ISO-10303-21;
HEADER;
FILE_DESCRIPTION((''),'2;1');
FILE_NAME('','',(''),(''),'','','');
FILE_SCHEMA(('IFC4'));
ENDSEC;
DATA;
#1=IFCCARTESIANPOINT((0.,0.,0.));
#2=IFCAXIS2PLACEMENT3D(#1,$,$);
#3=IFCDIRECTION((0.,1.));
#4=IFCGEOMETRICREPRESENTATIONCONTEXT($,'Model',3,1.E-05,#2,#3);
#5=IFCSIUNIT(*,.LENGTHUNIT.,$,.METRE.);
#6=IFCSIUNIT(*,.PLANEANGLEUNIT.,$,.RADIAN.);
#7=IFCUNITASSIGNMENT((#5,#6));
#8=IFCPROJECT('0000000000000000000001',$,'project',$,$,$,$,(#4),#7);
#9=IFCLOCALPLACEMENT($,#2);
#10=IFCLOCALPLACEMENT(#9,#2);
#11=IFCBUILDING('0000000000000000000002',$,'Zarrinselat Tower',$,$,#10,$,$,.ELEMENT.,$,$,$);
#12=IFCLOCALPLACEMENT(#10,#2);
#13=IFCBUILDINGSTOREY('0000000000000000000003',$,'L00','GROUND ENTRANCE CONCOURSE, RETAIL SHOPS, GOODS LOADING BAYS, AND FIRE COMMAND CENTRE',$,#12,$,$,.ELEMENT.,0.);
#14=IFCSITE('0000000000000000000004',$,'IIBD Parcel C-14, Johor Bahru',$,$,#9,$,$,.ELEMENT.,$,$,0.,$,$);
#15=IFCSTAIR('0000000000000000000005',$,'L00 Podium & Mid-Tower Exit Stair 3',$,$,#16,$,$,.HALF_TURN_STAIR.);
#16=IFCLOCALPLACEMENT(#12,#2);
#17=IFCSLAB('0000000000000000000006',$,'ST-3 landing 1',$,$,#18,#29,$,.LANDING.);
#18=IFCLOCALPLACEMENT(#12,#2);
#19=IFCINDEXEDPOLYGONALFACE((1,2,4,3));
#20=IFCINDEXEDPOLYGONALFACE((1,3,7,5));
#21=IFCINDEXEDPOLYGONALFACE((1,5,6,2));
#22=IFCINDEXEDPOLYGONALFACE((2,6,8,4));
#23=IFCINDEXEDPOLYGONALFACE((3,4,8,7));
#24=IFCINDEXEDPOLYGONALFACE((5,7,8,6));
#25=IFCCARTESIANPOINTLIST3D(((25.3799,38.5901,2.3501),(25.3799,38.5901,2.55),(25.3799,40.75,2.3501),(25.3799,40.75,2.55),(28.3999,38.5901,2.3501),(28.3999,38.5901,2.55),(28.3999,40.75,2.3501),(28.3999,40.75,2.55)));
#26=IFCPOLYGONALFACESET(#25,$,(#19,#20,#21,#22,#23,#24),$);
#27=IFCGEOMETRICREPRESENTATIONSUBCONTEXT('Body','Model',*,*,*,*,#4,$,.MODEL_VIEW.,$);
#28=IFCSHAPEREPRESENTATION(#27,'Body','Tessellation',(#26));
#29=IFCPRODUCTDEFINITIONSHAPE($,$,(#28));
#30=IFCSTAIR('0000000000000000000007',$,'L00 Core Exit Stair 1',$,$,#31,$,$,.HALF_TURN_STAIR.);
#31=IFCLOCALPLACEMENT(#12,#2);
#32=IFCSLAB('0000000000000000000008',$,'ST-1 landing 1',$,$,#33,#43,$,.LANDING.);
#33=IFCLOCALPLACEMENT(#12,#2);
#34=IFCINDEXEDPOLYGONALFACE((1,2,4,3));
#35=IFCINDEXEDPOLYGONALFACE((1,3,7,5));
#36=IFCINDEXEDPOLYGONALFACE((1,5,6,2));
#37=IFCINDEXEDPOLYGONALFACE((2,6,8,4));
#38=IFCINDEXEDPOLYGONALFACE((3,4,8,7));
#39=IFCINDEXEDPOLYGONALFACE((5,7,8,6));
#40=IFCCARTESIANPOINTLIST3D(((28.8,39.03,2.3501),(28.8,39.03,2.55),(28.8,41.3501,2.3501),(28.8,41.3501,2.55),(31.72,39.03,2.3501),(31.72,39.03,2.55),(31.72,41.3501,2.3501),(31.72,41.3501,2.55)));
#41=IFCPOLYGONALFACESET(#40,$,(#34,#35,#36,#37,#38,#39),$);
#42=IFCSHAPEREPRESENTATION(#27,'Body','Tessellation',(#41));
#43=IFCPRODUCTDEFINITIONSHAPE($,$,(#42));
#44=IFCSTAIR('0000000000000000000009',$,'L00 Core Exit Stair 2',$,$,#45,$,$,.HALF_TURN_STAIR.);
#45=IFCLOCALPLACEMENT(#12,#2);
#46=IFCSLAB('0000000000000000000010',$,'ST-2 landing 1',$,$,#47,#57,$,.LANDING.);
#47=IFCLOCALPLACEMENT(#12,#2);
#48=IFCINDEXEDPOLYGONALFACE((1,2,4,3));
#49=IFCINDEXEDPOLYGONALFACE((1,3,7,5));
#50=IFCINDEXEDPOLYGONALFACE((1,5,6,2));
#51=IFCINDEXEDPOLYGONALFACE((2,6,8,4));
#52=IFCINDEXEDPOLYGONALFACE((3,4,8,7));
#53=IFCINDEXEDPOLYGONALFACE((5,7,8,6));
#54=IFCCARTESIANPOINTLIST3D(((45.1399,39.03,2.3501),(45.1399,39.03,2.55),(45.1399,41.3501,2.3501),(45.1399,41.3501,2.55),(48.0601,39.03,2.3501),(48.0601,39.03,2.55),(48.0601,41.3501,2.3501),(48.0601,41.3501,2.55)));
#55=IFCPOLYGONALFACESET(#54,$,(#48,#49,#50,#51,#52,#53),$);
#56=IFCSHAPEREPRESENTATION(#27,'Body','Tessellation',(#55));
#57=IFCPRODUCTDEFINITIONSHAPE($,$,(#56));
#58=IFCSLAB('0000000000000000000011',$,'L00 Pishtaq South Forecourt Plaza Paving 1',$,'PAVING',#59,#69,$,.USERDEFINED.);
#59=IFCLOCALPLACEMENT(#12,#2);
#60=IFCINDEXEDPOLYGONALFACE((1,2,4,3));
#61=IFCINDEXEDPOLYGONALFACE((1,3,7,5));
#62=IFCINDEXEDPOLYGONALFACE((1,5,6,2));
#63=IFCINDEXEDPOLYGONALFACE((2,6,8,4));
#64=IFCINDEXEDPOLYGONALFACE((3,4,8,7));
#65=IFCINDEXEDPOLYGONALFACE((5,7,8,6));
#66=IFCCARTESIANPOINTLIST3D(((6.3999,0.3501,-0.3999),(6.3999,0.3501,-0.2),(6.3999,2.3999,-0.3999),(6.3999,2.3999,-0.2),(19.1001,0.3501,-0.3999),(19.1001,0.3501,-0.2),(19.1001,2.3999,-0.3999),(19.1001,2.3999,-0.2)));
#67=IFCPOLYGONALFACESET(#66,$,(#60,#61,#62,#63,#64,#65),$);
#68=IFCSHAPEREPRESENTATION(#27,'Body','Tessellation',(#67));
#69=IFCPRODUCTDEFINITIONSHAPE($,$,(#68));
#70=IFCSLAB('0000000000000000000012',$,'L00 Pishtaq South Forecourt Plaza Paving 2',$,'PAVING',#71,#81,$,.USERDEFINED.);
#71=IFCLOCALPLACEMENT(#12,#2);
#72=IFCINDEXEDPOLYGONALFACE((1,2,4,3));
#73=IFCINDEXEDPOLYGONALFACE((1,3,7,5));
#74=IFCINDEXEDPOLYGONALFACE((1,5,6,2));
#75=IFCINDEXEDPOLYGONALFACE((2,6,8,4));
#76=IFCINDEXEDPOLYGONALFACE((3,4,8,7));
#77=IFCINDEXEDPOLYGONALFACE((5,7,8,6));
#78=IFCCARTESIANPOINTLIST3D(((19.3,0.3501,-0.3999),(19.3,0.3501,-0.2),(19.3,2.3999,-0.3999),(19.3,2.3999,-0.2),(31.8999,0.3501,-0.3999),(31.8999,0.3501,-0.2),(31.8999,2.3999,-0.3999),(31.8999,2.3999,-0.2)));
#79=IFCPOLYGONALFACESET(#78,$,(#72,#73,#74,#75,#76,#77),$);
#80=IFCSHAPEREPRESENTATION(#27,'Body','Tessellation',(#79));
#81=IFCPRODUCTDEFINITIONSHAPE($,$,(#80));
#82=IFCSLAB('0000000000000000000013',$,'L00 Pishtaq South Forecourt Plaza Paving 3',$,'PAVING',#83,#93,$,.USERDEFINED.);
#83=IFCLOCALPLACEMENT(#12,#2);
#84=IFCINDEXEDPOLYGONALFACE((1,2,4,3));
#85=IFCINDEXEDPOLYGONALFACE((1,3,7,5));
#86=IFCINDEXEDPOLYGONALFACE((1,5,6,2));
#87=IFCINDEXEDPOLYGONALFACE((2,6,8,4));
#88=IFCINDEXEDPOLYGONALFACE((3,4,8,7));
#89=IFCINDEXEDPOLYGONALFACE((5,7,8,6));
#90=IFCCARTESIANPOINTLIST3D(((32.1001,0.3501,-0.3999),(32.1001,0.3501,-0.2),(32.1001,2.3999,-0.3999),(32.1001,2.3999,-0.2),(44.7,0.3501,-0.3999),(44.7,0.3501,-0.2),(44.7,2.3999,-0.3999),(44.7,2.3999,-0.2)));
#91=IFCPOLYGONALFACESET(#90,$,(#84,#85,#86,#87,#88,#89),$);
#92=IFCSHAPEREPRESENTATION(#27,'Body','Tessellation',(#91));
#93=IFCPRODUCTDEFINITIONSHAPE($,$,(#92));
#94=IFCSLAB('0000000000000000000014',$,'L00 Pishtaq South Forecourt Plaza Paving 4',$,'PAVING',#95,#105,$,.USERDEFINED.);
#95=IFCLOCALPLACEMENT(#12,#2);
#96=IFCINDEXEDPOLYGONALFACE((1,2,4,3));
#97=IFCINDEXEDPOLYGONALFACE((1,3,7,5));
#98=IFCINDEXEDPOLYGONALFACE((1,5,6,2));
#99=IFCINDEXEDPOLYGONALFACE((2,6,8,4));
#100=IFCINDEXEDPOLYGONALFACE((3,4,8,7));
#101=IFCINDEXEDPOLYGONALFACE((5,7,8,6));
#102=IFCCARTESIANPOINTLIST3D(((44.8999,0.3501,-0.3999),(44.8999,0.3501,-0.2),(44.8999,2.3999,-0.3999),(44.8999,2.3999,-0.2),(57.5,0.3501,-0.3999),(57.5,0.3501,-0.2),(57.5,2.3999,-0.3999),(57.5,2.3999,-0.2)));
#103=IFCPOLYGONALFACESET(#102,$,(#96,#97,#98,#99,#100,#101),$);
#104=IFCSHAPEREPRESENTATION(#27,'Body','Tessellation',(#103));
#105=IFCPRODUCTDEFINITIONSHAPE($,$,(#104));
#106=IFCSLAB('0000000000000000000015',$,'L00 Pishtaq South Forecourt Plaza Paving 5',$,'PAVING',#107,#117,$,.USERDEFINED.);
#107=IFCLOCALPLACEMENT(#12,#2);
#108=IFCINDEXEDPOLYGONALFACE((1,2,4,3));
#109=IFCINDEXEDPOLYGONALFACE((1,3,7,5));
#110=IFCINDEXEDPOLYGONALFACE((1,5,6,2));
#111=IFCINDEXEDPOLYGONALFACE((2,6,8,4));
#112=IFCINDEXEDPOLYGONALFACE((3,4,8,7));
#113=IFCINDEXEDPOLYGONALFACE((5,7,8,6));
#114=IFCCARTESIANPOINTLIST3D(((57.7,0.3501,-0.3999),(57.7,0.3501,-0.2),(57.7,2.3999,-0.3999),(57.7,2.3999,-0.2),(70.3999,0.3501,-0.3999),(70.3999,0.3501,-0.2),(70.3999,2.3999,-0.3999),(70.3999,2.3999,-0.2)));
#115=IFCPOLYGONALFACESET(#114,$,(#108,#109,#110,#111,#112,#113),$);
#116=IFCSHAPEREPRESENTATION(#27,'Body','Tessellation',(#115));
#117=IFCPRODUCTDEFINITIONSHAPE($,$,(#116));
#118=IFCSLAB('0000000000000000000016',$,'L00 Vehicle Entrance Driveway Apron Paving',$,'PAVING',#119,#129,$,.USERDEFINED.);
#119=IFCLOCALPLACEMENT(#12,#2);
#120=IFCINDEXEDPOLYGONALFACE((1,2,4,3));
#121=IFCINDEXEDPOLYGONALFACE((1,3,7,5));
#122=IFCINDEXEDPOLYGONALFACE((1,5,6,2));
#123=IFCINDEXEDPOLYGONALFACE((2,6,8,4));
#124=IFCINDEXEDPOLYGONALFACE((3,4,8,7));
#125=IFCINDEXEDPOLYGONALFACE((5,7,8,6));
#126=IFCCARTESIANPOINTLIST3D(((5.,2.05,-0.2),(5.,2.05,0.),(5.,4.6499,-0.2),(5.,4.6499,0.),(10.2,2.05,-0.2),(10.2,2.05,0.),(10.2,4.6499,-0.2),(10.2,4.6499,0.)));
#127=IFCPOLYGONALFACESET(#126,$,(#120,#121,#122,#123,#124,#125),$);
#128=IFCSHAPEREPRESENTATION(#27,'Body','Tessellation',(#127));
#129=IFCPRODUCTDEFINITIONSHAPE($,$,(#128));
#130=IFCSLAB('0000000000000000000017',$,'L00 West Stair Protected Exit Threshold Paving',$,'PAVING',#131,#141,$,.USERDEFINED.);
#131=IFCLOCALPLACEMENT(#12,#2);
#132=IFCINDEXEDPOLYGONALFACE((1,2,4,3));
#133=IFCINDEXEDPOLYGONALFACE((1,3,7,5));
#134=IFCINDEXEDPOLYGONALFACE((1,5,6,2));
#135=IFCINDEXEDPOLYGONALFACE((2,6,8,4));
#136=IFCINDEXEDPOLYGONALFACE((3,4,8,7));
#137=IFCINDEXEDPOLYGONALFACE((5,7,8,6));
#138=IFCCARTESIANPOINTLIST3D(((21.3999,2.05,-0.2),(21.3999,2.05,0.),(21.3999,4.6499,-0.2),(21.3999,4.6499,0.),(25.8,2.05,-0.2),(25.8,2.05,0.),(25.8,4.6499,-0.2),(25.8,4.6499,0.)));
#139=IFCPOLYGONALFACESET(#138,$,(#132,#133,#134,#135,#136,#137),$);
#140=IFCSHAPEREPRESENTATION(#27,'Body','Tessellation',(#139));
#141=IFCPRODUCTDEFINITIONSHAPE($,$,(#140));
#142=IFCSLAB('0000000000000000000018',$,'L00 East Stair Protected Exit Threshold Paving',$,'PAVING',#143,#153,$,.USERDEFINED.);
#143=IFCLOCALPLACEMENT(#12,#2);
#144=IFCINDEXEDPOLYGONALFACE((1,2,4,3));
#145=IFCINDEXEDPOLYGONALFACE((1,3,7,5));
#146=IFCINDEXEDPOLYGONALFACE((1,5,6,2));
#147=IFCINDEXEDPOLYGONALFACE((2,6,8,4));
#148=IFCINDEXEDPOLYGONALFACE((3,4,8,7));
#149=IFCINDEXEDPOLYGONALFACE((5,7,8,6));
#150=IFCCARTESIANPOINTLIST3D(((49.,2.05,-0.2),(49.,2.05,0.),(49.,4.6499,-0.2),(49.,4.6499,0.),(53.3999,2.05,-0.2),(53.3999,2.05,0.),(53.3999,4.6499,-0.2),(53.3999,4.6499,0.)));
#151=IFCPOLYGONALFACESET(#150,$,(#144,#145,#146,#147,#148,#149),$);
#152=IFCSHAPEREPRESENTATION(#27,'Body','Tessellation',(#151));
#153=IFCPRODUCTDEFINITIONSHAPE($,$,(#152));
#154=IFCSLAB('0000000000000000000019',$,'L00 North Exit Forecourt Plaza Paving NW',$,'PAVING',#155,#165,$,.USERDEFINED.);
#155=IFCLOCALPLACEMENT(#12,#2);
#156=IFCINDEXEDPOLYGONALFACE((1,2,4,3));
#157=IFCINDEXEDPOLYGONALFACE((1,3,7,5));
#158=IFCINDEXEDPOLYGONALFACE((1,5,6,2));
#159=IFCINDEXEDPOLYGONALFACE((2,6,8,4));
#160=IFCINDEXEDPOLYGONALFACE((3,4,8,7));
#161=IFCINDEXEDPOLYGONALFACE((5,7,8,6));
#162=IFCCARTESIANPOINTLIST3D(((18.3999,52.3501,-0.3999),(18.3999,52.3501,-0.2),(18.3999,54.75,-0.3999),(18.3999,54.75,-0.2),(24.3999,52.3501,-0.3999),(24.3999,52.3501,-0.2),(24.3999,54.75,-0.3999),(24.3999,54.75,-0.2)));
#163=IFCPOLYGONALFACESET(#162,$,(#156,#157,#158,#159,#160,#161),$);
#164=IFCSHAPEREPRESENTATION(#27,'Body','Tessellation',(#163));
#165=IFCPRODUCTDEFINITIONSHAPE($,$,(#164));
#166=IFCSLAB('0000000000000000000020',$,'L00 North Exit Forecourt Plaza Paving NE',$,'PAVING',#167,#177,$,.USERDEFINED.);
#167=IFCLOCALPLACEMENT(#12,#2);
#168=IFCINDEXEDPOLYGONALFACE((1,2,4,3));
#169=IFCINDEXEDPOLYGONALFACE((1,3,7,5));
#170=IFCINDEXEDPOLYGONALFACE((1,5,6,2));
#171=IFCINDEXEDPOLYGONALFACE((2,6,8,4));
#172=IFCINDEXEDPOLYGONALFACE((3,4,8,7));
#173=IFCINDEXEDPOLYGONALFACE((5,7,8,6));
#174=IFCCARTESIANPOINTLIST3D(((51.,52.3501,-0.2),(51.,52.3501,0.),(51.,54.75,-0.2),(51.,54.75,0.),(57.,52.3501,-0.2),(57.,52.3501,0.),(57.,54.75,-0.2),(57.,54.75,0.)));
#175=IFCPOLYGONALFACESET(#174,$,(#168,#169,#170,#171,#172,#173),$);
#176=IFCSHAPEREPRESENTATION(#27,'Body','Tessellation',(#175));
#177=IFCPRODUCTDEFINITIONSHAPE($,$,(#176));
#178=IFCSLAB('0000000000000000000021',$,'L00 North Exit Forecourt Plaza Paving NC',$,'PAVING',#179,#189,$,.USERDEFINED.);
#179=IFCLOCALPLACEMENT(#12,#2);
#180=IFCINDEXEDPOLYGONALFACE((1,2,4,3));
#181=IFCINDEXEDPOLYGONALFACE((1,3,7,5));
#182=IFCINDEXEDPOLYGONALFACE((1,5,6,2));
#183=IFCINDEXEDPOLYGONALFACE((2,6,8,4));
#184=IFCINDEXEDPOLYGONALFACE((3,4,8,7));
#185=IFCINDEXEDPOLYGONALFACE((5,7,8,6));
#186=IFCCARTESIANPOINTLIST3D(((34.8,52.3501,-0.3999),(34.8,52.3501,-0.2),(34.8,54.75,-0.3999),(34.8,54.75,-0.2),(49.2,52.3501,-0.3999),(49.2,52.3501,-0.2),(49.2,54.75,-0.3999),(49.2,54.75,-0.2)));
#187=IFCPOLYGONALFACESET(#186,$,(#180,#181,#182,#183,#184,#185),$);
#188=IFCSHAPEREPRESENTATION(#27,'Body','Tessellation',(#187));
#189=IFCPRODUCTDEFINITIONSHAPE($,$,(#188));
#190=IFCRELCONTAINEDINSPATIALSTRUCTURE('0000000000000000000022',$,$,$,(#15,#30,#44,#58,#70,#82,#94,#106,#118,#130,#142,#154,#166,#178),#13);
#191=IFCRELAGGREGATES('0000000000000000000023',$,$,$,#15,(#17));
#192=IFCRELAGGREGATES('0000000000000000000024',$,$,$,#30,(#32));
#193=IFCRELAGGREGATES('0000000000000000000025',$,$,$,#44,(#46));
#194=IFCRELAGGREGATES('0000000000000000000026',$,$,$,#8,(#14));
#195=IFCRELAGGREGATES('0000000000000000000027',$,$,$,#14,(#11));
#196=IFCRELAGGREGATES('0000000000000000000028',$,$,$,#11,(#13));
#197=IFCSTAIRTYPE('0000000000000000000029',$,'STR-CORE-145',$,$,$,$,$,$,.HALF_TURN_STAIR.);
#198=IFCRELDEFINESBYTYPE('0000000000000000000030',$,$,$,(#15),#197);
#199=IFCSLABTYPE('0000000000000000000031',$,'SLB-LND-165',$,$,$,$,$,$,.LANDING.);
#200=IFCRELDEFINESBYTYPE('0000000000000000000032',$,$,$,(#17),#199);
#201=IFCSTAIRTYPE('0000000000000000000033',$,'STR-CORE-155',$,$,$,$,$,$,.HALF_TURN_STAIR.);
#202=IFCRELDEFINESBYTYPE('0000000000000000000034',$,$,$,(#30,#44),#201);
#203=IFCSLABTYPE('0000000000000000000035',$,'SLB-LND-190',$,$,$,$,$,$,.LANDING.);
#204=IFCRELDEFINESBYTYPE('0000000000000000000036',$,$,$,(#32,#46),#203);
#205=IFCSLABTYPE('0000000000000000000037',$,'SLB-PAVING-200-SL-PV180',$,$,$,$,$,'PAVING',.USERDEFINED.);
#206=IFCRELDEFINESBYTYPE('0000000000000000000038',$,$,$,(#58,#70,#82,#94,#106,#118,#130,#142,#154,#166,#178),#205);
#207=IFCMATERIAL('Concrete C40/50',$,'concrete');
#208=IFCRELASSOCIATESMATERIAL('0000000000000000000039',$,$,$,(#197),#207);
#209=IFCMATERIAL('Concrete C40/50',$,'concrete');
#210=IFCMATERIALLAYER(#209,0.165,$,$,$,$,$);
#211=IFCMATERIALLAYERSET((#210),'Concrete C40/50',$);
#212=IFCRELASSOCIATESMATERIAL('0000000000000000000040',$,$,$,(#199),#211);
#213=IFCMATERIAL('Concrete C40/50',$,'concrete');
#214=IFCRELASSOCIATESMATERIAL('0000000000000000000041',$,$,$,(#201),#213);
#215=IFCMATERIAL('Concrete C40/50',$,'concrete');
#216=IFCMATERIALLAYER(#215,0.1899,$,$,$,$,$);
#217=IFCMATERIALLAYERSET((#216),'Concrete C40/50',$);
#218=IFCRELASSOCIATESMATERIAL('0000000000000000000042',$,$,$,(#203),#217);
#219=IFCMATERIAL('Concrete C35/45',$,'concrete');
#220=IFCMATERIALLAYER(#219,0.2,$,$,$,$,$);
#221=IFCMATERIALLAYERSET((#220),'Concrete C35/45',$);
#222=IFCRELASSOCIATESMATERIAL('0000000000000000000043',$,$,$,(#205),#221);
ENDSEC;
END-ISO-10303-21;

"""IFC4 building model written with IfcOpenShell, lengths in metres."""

from ifc_helpers import new_model, si_unit, direction, frame, origin, place, context, subcontext, project, spatial, polyline, outline, extrude, material, layer, layer_set, type_object, element, aggregate, save


model = new_model("IFC4")

# Units and contexts
model_context = context("Model", 3, precision=1e-05, world=origin(), true_north=direction((0.0, 1.0)))
body_context = subcontext(model_context, "Body", "Model", "MODEL_VIEW")
ifc_project = project(units=[si_unit("LENGTHUNIT", "METRE"), si_unit("PLANEANGLEUNIT", "RADIAN")], contexts=[model_context])

# Site, building, storey
site_placement = place(None, origin())
site = spatial("IfcSite", under=ifc_project, at=site_placement, Name="IIBD Parcel C-14, Johor Bahru", CompositionType="ELEMENT", RefElevation=0.0)
building_placement = place(site_placement, origin())
building = spatial("IfcBuilding", under=site, at=building_placement, Name="Zarrinselat Tower", CompositionType="ELEMENT")
storey_placement = place(building_placement, origin())
storey = spatial("IfcBuildingStorey", under=building, at=storey_placement, Name="L00", Description="GROUND ENTRANCE CONCOURSE, RETAIL SHOPS, GOODS LOADING BAYS, AND FIRE COMMAND CENTRE", CompositionType="ELEMENT", Elevation=0.0)

# Stairs, slabs
ifc_material_1 = material(Name="Concrete C40/50", Category="concrete")
stair_type_1 = type_object("IfcStairType", Name="STR-CORE-145", PredefinedType="HALF_TURN_STAIR", material=ifc_material_1)
stair_1_placement = place(storey_placement, origin())
stair_1 = element("IfcStair", 1, at=stair_1_placement, inside=storey, type_object=stair_type_1, Name="L00 Podium & Mid-Tower Exit Stair 3", PredefinedType="HALF_TURN_STAIR")
ifc_material_2 = material(Name="Concrete C40/50", Category="concrete")
ifc_layer_1 = layer(ifc_material_2, 0.165)
ifc_layer_set_1 = layer_set([ifc_layer_1], Name="Concrete C40/50")
slab_type_1 = type_object("IfcSlabType", Name="SLB-LND-165", PredefinedType="LANDING", material=ifc_layer_set_1)
slab_1_placement = place(storey_placement, frame((0.0, 0.0, 2.3501)))
slab_1 = element("IfcSlab", 2, at=slab_1_placement, type_object=slab_type_1, Name="ST-3 landing 1", PredefinedType="LANDING", context=body_context, shape_type="SweptSolid", body=[
    extrude(outline(polyline([(28.3999, 38.5901), (28.3999, 40.75), (25.3799, 40.75), (25.3799, 38.5901), (28.3999, 38.5901)])), origin(), (0.0, 0.0, 1.0), 0.2),
])
aggregate(stair_1, [slab_1])
ifc_material_3 = material(Name="Concrete C40/50", Category="concrete")
stair_type_2 = type_object("IfcStairType", Name="STR-CORE-155", PredefinedType="HALF_TURN_STAIR", material=ifc_material_3)
stair_2_placement = place(storey_placement, origin())
stair_2 = element("IfcStair", 3, at=stair_2_placement, inside=storey, type_object=stair_type_2, Name="L00 Core Exit Stair 1", PredefinedType="HALF_TURN_STAIR")
ifc_material_4 = material(Name="Concrete C40/50", Category="concrete")
ifc_layer_2 = layer(ifc_material_4, 0.1899)
ifc_layer_set_2 = layer_set([ifc_layer_2], Name="Concrete C40/50")
slab_type_2 = type_object("IfcSlabType", Name="SLB-LND-190", PredefinedType="LANDING", material=ifc_layer_set_2)
slab_2_placement = place(storey_placement, frame((0.0, 0.0, 2.3501)))
slab_2 = element("IfcSlab", 4, at=slab_2_placement, type_object=slab_type_2, Name="ST-1 landing 1", PredefinedType="LANDING", context=body_context, shape_type="SweptSolid", body=[
    extrude(outline(polyline([(31.72, 39.03), (31.72, 41.3501), (28.8, 41.3501), (28.8, 39.03), (31.72, 39.03)])), origin(), (0.0, 0.0, 1.0), 0.2),
])
aggregate(stair_2, [slab_2])
stair_3_placement = place(storey_placement, origin())
stair_3 = element("IfcStair", 5, at=stair_3_placement, inside=storey, type_object=stair_type_2, Name="L00 Core Exit Stair 2", PredefinedType="HALF_TURN_STAIR")
slab_3_placement = place(storey_placement, frame((0.0, 0.0, 2.3501)))
slab_3 = element("IfcSlab", 6, at=slab_3_placement, type_object=slab_type_2, Name="ST-2 landing 1", PredefinedType="LANDING", context=body_context, shape_type="SweptSolid", body=[
    extrude(outline(polyline([(48.0601, 39.03), (48.0601, 41.3501), (45.1399, 41.3501), (45.1399, 39.03), (48.0601, 39.03)])), origin(), (0.0, 0.0, 1.0), 0.2),
])
aggregate(stair_3, [slab_3])

# Slabs
ifc_material_5 = material(Name="Concrete C35/45", Category="concrete")
ifc_layer_3 = layer(ifc_material_5, 0.2)
ifc_layer_set_3 = layer_set([ifc_layer_3], Name="Concrete C35/45")
slab_type_3 = type_object("IfcSlabType", Name="SLB-PAVING-200-SL-PV180", ElementType="PAVING", PredefinedType="USERDEFINED", material=ifc_layer_set_3)
slab_4_placement = place(storey_placement, frame((0.0, 0.0, -0.3999)))
element("IfcSlab", 7, at=slab_4_placement, inside=storey, type_object=slab_type_3, Name="L00 Pishtaq South Forecourt Plaza Paving 1", ObjectType="PAVING", PredefinedType="USERDEFINED", context=body_context, shape_type="SweptSolid", body=[
    extrude(outline(polyline([(6.3999, 0.3501), (19.1001, 0.3501), (19.1001, 2.3999), (6.3999, 2.3999), (6.3999, 0.3501)])), origin(), (0.0, 0.0, 1.0), 0.2),
])
slab_5_placement = place(storey_placement, frame((0.0, 0.0, -0.3999)))
element("IfcSlab", 8, at=slab_5_placement, inside=storey, type_object=slab_type_3, Name="L00 Pishtaq South Forecourt Plaza Paving 2", ObjectType="PAVING", PredefinedType="USERDEFINED", context=body_context, shape_type="SweptSolid", body=[
    extrude(outline(polyline([(19.3, 0.3501), (31.8999, 0.3501), (31.8999, 2.3999), (19.3, 2.3999), (19.3, 0.3501)])), origin(), (0.0, 0.0, 1.0), 0.2),
])
slab_6_placement = place(storey_placement, frame((0.0, 0.0, -0.3999)))
element("IfcSlab", 9, at=slab_6_placement, inside=storey, type_object=slab_type_3, Name="L00 Pishtaq South Forecourt Plaza Paving 3", ObjectType="PAVING", PredefinedType="USERDEFINED", context=body_context, shape_type="SweptSolid", body=[
    extrude(outline(polyline([(32.1001, 0.3501), (44.7, 0.3501), (44.7, 2.3999), (32.1001, 2.3999), (32.1001, 0.3501)])), origin(), (0.0, 0.0, 1.0), 0.2),
])
slab_7_placement = place(storey_placement, frame((0.0, 0.0, -0.3999)))
element("IfcSlab", 10, at=slab_7_placement, inside=storey, type_object=slab_type_3, Name="L00 Pishtaq South Forecourt Plaza Paving 4", ObjectType="PAVING", PredefinedType="USERDEFINED", context=body_context, shape_type="SweptSolid", body=[
    extrude(outline(polyline([(44.8999, 0.3501), (57.5, 0.3501), (57.5, 2.3999), (44.8999, 2.3999), (44.8999, 0.3501)])), origin(), (0.0, 0.0, 1.0), 0.2),
])
slab_8_placement = place(storey_placement, frame((0.0, 0.0, -0.3999)))
element("IfcSlab", 11, at=slab_8_placement, inside=storey, type_object=slab_type_3, Name="L00 Pishtaq South Forecourt Plaza Paving 5", ObjectType="PAVING", PredefinedType="USERDEFINED", context=body_context, shape_type="SweptSolid", body=[
    extrude(outline(polyline([(57.7, 0.3501), (70.3999, 0.3501), (70.3999, 2.3999), (57.7, 2.3999), (57.7, 0.3501)])), origin(), (0.0, 0.0, 1.0), 0.2),
])
slab_9_placement = place(storey_placement, frame((0.0, 0.0, -0.2)))
element("IfcSlab", 12, at=slab_9_placement, inside=storey, type_object=slab_type_3, Name="L00 Vehicle Entrance Driveway Apron Paving", ObjectType="PAVING", PredefinedType="USERDEFINED", context=body_context, shape_type="SweptSolid", body=[
    extrude(outline(polyline([(5.0, 2.05), (10.2, 2.05), (10.2, 4.6499), (5.0, 4.6499), (5.0, 2.05)])), origin(), (0.0, 0.0, 1.0), 0.2),
])
slab_10_placement = place(storey_placement, frame((0.0, 0.0, -0.2)))
element("IfcSlab", 13, at=slab_10_placement, inside=storey, type_object=slab_type_3, Name="L00 West Stair Protected Exit Threshold Paving", ObjectType="PAVING", PredefinedType="USERDEFINED", context=body_context, shape_type="SweptSolid", body=[
    extrude(outline(polyline([(21.3999, 2.05), (25.8, 2.05), (25.8, 4.6499), (21.3999, 4.6499), (21.3999, 2.05)])), origin(), (0.0, 0.0, 1.0), 0.2),
])
slab_11_placement = place(storey_placement, frame((0.0, 0.0, -0.2)))
element("IfcSlab", 14, at=slab_11_placement, inside=storey, type_object=slab_type_3, Name="L00 East Stair Protected Exit Threshold Paving", ObjectType="PAVING", PredefinedType="USERDEFINED", context=body_context, shape_type="SweptSolid", body=[
    extrude(outline(polyline([(49.0, 2.05), (53.3999, 2.05), (53.3999, 4.6499), (49.0, 4.6499), (49.0, 2.05)])), origin(), (0.0, 0.0, 1.0), 0.2),
])
slab_12_placement = place(storey_placement, frame((0.0, 0.0, -0.3999)))
element("IfcSlab", 15, at=slab_12_placement, inside=storey, type_object=slab_type_3, Name="L00 North Exit Forecourt Plaza Paving NW", ObjectType="PAVING", PredefinedType="USERDEFINED", context=body_context, shape_type="SweptSolid", body=[
    extrude(outline(polyline([(18.3999, 52.3501), (24.3999, 52.3501), (24.3999, 54.75), (18.3999, 54.75), (18.3999, 52.3501)])), origin(), (0.0, 0.0, 1.0), 0.2),
])
slab_13_placement = place(storey_placement, frame((0.0, 0.0, -0.2)))
element("IfcSlab", 16, at=slab_13_placement, inside=storey, type_object=slab_type_3, Name="L00 North Exit Forecourt Plaza Paving NE", ObjectType="PAVING", PredefinedType="USERDEFINED", context=body_context, shape_type="SweptSolid", body=[
    extrude(outline(polyline([(51.0, 52.3501), (57.0, 52.3501), (57.0, 54.75), (51.0, 54.75), (51.0, 52.3501)])), origin(), (0.0, 0.0, 1.0), 0.2),
])
slab_14_placement = place(storey_placement, frame((0.0, 0.0, -0.3999)))
element("IfcSlab", 17, at=slab_14_placement, inside=storey, type_object=slab_type_3, Name="L00 North Exit Forecourt Plaza Paving NC", ObjectType="PAVING", PredefinedType="USERDEFINED", context=body_context, shape_type="SweptSolid", body=[
    extrude(outline(polyline([(34.8, 52.3501), (49.2, 52.3501), (49.2, 54.75), (34.8, 54.75), (34.8, 52.3501)])), origin(), (0.0, 0.0, 1.0), 0.2),
])

save(model, "model.ifc")
